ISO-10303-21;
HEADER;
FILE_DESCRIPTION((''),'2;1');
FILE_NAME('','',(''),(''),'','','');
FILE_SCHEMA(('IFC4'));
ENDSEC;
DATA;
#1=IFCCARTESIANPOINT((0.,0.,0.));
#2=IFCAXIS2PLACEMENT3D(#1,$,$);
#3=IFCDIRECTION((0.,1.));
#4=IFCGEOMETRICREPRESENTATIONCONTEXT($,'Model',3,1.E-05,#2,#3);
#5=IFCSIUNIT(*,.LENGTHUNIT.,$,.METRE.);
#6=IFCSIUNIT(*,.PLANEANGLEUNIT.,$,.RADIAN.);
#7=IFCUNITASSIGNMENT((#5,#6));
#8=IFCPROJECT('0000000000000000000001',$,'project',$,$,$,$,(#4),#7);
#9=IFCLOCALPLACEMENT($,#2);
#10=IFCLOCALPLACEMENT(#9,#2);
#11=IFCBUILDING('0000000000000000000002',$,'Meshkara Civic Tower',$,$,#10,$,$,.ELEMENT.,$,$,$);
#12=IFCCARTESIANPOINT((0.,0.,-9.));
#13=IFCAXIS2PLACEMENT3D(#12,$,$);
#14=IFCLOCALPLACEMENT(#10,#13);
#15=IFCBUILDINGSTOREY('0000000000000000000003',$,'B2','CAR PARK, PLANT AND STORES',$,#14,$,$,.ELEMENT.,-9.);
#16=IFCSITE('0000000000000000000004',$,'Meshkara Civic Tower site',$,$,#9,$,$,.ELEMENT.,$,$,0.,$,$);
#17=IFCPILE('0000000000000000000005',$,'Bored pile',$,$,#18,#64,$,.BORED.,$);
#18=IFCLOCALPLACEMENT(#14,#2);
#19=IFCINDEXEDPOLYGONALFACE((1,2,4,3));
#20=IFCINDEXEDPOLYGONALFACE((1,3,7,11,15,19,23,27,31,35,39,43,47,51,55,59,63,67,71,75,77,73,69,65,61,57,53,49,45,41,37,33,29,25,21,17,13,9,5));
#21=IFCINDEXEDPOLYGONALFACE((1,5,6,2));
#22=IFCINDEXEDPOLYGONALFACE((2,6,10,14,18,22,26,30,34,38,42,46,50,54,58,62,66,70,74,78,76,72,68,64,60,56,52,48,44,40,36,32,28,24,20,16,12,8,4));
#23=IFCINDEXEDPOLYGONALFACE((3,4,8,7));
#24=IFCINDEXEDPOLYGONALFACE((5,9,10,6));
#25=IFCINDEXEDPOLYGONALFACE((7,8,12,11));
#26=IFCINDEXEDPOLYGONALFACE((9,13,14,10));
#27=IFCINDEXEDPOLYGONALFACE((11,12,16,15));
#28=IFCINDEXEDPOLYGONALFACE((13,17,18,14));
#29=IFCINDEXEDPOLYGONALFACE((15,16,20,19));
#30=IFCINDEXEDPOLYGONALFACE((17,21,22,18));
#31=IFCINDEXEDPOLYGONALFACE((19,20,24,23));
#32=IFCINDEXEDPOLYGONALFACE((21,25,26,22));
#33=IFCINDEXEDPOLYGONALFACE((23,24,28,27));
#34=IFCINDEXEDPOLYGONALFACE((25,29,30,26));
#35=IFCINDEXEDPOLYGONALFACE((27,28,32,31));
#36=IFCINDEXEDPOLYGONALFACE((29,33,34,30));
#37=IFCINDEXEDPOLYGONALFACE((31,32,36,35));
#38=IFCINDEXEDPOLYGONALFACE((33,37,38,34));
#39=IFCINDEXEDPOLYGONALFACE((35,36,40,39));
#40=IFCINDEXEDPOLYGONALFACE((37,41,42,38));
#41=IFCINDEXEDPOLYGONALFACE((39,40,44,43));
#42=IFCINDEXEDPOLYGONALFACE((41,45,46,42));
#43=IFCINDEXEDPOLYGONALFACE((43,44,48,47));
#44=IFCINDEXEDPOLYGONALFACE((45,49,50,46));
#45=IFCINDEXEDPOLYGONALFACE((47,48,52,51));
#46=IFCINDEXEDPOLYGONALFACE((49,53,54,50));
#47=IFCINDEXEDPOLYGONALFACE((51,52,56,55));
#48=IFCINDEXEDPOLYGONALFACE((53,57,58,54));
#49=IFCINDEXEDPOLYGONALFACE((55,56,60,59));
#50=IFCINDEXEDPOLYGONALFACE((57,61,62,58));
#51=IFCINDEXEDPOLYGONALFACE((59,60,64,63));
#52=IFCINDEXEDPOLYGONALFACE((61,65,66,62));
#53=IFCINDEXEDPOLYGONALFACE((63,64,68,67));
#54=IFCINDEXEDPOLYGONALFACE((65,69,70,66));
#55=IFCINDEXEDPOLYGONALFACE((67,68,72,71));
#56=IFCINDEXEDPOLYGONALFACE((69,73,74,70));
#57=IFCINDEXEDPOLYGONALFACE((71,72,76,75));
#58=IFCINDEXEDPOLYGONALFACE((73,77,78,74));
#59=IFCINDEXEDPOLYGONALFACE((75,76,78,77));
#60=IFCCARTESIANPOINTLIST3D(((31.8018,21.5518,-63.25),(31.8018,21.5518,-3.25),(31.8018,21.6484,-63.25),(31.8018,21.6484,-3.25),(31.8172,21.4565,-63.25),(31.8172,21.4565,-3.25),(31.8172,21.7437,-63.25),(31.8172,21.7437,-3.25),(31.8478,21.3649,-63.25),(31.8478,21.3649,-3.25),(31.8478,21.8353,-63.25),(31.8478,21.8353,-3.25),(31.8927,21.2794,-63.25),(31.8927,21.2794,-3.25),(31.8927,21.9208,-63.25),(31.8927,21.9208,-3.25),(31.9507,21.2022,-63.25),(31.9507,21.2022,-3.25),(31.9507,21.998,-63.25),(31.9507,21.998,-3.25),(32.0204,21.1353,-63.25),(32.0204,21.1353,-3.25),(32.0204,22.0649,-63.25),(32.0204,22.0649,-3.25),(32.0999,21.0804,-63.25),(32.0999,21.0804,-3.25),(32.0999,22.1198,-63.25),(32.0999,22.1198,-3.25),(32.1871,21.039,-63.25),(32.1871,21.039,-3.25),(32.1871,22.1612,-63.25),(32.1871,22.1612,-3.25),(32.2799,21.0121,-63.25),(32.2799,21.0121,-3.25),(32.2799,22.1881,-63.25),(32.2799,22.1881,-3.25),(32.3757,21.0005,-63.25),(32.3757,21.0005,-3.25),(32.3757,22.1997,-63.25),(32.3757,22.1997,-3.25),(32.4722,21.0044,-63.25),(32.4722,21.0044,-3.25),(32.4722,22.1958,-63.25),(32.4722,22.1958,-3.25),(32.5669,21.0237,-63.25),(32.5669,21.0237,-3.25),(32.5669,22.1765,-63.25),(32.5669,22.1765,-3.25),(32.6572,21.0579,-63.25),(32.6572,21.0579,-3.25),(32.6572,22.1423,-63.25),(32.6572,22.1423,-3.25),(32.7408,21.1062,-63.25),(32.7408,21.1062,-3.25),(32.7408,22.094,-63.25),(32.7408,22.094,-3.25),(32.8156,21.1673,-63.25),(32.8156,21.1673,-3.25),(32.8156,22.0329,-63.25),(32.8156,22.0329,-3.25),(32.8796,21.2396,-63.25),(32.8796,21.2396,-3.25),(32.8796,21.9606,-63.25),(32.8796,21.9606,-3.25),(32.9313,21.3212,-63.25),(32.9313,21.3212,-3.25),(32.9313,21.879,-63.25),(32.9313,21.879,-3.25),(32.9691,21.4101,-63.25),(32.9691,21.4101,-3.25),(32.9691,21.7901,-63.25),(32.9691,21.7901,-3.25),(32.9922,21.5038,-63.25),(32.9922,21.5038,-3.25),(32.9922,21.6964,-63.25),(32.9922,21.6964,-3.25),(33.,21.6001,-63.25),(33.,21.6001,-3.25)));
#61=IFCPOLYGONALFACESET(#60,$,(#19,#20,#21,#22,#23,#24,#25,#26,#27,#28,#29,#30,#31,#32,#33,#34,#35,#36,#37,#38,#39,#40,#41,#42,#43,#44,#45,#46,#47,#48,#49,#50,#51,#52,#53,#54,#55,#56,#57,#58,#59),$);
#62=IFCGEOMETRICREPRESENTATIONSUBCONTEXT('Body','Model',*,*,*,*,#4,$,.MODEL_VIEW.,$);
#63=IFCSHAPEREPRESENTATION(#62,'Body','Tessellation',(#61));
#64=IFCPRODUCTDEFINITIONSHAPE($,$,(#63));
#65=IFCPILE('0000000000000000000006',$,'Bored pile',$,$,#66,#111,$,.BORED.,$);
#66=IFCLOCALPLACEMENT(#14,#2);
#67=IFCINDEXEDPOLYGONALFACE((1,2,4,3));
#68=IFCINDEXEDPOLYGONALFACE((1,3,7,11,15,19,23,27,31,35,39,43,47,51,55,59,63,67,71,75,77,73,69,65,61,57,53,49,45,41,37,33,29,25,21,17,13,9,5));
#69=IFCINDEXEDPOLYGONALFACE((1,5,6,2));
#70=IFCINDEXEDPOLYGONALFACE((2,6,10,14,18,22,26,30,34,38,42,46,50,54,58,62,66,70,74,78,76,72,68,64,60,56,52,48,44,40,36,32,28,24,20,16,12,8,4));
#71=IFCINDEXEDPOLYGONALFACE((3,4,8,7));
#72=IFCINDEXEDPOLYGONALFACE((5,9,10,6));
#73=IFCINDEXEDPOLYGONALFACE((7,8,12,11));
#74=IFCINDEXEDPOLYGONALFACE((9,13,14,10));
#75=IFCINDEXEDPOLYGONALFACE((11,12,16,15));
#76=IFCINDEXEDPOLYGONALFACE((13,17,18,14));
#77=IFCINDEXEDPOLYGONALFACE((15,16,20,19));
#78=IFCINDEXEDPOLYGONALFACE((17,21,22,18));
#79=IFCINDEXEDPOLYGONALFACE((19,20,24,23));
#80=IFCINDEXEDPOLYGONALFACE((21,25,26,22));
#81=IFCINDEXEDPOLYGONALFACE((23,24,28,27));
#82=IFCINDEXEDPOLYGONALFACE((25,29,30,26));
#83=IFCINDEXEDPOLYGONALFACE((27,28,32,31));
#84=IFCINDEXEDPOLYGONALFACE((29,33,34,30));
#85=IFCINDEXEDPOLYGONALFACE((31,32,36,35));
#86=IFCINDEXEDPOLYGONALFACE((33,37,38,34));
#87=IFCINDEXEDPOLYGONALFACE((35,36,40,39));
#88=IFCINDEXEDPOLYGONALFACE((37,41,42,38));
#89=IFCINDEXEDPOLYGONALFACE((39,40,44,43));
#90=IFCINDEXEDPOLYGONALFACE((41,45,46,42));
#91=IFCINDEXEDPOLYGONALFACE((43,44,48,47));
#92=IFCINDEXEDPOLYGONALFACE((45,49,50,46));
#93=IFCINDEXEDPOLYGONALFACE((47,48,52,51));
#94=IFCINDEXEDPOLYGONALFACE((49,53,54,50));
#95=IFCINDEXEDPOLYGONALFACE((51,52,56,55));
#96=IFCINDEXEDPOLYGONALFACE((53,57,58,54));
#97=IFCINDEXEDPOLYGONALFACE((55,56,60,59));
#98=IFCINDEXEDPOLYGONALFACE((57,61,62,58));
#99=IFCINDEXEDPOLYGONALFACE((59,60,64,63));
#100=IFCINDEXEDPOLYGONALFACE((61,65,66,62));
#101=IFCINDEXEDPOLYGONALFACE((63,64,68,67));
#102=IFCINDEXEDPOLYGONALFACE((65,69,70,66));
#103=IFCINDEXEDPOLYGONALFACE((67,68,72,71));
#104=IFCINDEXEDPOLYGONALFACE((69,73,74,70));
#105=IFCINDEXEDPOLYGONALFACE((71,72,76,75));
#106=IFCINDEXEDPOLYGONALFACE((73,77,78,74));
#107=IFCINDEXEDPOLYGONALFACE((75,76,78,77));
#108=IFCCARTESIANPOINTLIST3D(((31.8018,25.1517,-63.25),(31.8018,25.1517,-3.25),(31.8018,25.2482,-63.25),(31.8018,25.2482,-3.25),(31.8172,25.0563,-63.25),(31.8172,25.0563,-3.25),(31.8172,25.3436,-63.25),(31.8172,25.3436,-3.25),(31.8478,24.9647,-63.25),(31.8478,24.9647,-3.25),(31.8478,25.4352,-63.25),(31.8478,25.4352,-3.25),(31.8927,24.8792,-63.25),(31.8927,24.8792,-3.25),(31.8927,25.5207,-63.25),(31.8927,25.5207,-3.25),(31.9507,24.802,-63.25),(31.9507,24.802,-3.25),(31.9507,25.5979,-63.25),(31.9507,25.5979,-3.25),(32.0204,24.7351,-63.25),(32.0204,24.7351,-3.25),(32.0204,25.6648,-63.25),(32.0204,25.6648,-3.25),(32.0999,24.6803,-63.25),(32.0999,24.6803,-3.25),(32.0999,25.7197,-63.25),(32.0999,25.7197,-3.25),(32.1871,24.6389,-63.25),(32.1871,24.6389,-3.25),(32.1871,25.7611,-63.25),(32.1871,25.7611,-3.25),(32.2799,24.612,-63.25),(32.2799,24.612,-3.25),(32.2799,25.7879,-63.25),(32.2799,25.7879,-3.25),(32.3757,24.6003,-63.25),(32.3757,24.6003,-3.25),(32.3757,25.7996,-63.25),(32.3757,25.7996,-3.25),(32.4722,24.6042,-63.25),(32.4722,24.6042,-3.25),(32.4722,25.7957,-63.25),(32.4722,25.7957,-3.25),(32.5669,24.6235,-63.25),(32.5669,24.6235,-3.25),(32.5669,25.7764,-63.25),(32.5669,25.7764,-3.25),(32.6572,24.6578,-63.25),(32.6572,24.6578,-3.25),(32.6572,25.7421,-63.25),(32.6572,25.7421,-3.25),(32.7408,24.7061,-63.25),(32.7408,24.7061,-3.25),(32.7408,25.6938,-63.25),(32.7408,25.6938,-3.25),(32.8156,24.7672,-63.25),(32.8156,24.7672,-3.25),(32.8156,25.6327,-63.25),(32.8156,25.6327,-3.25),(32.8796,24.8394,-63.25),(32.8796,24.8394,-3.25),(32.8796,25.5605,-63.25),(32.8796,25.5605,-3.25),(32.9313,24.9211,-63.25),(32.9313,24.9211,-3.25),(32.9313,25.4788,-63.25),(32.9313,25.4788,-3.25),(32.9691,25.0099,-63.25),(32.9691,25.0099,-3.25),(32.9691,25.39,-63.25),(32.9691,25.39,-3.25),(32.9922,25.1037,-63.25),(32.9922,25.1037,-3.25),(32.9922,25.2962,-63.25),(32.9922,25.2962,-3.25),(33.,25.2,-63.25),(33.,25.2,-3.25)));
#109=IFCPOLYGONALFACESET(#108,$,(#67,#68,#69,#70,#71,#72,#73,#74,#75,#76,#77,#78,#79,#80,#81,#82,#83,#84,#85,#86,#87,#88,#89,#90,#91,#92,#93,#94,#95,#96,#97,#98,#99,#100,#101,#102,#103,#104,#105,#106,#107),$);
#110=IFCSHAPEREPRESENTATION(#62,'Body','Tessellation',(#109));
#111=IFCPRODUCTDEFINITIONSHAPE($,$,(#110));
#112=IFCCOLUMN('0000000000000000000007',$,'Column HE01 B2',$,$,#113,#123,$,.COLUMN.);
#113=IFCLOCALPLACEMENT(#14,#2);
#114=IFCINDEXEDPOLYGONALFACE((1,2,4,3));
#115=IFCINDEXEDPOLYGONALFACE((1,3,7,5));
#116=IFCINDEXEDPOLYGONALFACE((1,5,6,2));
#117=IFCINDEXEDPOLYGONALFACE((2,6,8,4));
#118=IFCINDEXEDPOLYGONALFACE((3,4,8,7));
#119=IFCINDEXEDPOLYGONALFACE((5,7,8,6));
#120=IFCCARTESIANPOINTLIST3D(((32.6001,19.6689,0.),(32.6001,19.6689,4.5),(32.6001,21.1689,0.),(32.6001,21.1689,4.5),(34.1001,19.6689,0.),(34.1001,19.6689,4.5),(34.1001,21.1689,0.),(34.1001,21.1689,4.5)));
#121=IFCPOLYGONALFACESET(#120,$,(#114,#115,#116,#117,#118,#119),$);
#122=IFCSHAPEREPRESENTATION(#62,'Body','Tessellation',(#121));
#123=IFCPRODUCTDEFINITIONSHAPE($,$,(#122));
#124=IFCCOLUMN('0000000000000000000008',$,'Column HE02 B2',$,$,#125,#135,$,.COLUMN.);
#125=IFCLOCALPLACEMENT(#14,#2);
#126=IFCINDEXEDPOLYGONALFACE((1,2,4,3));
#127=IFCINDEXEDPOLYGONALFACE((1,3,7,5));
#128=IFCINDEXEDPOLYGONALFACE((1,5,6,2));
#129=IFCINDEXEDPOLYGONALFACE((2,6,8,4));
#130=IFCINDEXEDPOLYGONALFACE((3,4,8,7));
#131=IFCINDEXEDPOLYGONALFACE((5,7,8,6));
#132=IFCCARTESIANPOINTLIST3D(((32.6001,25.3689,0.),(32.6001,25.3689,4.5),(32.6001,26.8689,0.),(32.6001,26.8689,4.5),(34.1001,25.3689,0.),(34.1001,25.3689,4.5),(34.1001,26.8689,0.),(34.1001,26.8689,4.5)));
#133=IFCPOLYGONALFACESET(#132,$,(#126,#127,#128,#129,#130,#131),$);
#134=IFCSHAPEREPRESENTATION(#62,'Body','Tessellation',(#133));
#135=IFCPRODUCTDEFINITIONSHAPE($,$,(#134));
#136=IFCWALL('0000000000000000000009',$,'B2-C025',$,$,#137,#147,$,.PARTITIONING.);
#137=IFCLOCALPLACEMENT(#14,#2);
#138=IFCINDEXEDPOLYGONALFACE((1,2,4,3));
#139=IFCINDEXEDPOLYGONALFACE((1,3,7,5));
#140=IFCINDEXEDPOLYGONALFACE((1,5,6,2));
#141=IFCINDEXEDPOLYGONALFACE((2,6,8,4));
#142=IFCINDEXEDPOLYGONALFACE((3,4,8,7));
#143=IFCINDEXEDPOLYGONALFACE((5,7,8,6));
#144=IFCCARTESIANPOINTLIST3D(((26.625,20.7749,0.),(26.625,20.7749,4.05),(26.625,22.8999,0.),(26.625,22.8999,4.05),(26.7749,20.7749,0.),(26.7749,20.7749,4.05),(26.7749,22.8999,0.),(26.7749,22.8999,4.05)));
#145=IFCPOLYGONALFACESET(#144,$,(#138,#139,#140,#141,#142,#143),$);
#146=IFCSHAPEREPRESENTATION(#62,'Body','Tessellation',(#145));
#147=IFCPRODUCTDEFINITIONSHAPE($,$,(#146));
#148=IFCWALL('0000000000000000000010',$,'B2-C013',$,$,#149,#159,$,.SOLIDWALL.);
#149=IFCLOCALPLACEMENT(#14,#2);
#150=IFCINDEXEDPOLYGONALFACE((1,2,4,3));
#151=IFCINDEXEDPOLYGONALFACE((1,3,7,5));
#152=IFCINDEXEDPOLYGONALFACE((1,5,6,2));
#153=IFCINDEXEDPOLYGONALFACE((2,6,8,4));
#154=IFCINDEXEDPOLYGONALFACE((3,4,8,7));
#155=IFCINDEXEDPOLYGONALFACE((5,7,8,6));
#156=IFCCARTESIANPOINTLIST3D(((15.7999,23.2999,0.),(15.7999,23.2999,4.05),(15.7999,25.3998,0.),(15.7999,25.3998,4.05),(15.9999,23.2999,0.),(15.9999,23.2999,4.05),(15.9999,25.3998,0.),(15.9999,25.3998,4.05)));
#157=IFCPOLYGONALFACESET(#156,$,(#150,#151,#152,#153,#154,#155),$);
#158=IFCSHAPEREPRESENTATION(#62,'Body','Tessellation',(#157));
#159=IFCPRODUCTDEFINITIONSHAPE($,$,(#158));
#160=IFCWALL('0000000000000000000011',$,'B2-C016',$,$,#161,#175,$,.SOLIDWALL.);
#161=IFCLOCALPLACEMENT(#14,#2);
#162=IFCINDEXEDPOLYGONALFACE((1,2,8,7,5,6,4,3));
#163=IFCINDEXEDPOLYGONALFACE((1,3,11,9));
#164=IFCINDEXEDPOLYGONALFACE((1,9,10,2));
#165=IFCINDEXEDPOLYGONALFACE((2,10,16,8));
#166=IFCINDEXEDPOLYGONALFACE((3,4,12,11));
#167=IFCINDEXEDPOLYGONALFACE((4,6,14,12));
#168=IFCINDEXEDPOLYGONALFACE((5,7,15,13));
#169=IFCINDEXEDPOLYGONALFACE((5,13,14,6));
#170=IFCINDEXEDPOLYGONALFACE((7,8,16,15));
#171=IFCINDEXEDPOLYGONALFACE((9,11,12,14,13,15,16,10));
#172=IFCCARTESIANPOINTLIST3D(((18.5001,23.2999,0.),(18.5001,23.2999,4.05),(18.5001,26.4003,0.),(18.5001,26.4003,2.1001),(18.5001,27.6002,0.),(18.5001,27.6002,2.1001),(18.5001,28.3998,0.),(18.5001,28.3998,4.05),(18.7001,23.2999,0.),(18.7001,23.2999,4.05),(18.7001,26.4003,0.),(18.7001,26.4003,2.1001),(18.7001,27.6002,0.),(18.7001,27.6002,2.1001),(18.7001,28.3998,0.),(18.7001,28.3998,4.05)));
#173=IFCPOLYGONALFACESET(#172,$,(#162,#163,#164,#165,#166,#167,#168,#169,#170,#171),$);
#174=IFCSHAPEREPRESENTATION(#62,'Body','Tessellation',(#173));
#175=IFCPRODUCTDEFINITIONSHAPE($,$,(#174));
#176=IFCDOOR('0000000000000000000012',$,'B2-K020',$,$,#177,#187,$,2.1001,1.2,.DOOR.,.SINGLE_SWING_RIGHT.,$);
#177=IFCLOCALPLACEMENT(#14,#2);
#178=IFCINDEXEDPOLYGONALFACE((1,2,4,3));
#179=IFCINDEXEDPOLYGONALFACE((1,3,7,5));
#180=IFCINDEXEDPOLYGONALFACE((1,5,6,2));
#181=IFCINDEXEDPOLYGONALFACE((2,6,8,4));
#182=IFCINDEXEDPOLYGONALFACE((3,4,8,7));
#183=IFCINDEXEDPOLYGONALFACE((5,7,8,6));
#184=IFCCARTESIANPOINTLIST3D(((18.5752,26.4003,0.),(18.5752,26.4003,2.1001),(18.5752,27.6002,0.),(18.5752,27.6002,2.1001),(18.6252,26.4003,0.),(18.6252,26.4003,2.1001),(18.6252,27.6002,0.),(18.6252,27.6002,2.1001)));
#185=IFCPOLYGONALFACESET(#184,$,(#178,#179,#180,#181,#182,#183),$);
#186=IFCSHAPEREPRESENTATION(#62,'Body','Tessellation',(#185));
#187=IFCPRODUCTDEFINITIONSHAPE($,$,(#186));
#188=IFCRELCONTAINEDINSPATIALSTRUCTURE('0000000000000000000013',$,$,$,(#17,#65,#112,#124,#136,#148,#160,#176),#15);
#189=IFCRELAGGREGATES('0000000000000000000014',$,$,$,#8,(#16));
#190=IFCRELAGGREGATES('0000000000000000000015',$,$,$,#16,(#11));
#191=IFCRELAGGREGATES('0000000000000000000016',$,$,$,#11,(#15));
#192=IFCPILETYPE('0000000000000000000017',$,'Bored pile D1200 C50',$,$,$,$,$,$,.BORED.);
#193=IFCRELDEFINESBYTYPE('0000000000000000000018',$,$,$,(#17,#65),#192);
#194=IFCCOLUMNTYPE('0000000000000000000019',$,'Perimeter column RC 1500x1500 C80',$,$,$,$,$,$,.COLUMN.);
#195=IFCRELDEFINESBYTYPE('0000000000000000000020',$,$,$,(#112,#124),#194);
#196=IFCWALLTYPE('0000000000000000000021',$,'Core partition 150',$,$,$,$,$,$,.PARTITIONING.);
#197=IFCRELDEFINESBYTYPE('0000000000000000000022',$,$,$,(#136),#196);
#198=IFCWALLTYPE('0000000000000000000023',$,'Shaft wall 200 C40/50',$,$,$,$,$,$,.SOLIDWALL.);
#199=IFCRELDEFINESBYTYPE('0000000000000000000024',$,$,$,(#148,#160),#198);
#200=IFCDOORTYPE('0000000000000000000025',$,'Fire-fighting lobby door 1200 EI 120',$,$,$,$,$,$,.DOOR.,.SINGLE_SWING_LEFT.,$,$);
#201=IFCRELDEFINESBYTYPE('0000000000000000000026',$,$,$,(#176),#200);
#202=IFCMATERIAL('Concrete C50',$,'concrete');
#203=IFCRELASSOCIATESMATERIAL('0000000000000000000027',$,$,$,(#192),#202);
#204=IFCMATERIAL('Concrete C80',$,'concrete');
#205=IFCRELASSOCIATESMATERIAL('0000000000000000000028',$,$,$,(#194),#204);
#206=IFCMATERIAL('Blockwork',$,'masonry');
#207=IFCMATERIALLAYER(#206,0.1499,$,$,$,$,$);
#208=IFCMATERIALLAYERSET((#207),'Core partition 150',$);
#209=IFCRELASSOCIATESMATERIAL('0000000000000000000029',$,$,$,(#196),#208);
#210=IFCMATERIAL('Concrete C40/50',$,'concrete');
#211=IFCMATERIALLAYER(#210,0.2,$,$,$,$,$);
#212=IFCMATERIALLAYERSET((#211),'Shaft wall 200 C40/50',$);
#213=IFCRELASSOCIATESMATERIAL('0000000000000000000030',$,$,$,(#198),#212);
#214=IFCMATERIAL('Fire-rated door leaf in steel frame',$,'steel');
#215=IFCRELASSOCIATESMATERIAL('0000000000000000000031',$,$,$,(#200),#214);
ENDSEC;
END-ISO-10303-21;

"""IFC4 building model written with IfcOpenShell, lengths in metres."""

from ifc_helpers import new_model, si_unit, direction, frame, frame_2d, origin, origin_2d, place, context, subcontext, project, spatial, rectangle, circle, extrude, material, layer, layer_set, material_profile, profile_set, type_object, element, fill, save


model = new_model("IFC4")

# Units and contexts
model_context = context("Model", 3, precision=1e-05, world=origin(), true_north=direction((0.0, 1.0)))
body_context = subcontext(model_context, "Body", "Model", "MODEL_VIEW")
ifc_project = project(units=[si_unit("LENGTHUNIT", "METRE"), si_unit("PLANEANGLEUNIT", "RADIAN")], contexts=[model_context])

# Site, building, storey
site_placement = place(None, origin())
site = spatial("IfcSite", under=ifc_project, at=site_placement, Name="Meshkara Civic Tower site", CompositionType="ELEMENT", RefElevation=0.0)
building_placement = place(site_placement, origin())
building = spatial("IfcBuilding", under=site, at=building_placement, Name="Meshkara Civic Tower", CompositionType="ELEMENT")
storey_placement = place(building_placement, frame((0.0, 0.0, -9.0)))
storey = spatial("IfcBuildingStorey", under=building, at=storey_placement, Name="B2", Description="CAR PARK, PLANT AND STORES", CompositionType="ELEMENT", Elevation=-9.0)

# Piles
ifc_material_1 = material(Name="Concrete C50", Category="concrete")
ifc_material_profile_1 = material_profile(ifc_material_1, circle(Radius=0.6001, at=origin_2d()))
ifc_profile_set_1 = profile_set([ifc_material_profile_1], Name="Concrete C50")
pile_type = type_object("IfcPileType", Name="Bored pile D1200 C50", PredefinedType="BORED", material=ifc_profile_set_1)
for number, where, z_axis, x_axis, name in (
    (1, (32.3999, 21.6001, -3.25), (0.0, 0.0, -1.0), (1.0, 0.0, 0.0), "Bored pile"),
    (2, (32.3999, 25.2, -3.25), (0.0, 0.0, -1.0), (1.0, 0.0, 0.0), "Bored pile"),
):
    element("IfcPile", number, at=place(storey_placement, frame(where, z_axis=z_axis, x_axis=x_axis)), inside=storey, type_object=pile_type, Name=name, PredefinedType="BORED", context=body_context, shape_type="SweptSolid", body=[
        extrude(circle(Radius=0.6001, at=origin_2d()), origin(), (0.0, 0.0, 1.0), 60.0),
    ])

# Columns
ifc_material_2 = material(Name="Concrete C80", Category="concrete")
ifc_material_profile_2 = material_profile(ifc_material_2, rectangle(XDim=1.5, YDim=1.5, at=origin_2d()))
ifc_profile_set_2 = profile_set([ifc_material_profile_2], Name="Concrete C80")
column_type = type_object("IfcColumnType", Name="Perimeter column RC 1500x1500 C80", PredefinedType="COLUMN", material=ifc_profile_set_2)
for number, where, z_axis, x_axis, name in (
    (3, (33.3501, 20.4189, 0.0), (0.0, 0.0, 1.0), (1.0, 0.0, 0.0), "Column HE01 B2"),
    (4, (33.3501, 26.1189, 0.0), (0.0, 0.0, 1.0), (1.0, 0.0, 0.0), "Column HE02 B2"),
):
    element("IfcColumn", number, at=place(storey_placement, frame(where, z_axis=z_axis, x_axis=x_axis)), inside=storey, type_object=column_type, Name=name, PredefinedType="COLUMN", context=body_context, shape_type="SweptSolid", body=[
        extrude(rectangle(XDim=1.5, YDim=1.5, at=origin_2d()), origin(), (0.0, 0.0, 1.0), 4.5),
    ])

# Walls
ifc_material_3 = material(Name="Blockwork", Category="masonry")
ifc_layer_1 = layer(ifc_material_3, 0.1499)
ifc_layer_set_1 = layer_set([ifc_layer_1], Name="Core partition 150")
wall_type_1 = type_object("IfcWallType", Name="Core partition 150", PredefinedType="PARTITIONING", material=ifc_layer_set_1)
wall_1_placement = place(storey_placement, frame((26.7, 20.7749, 0.0), z_axis=(0.0, 0.0, 1.0), x_axis=(0.0, 1.0, 0.0)))
element("IfcWall", 5, at=wall_1_placement, inside=storey, type_object=wall_type_1, Name="B2-C025", PredefinedType="PARTITIONING", context=body_context, shape_type="SweptSolid", body=[
    extrude(rectangle(XDim=2.125, YDim=0.1499, at=frame_2d((1.0625, 0.0))), origin(), (0.0, 0.0, 1.0), 4.05),
])
ifc_material_4 = material(Name="Concrete C40/50", Category="concrete")
ifc_layer_2 = layer(ifc_material_4, 0.2)
ifc_layer_set_2 = layer_set([ifc_layer_2], Name="Shaft wall 200 C40/50")
wall_type_2 = type_object("IfcWallType", Name="Shaft wall 200 C40/50", PredefinedType="SOLIDWALL", material=ifc_layer_set_2)
wall_2_placement = place(storey_placement, frame((15.8999, 23.3, 0.0), z_axis=(0.0, 0.0, 1.0), x_axis=(0.0, 1.0, 0.0)))
element("IfcWall", 6, at=wall_2_placement, inside=storey, type_object=wall_type_2, Name="B2-C013", PredefinedType="SOLIDWALL", context=body_context, shape_type="SweptSolid", body=[
    extrude(rectangle(XDim=2.0999, YDim=0.2, at=frame_2d((1.0498, 0.0))), origin(), (0.0, 0.0, 1.0), 4.05),
])

# Wall, opening, door
wall_3_placement = place(storey_placement, frame((18.6001, 23.3, 0.0), z_axis=(0.0, 0.0, 1.0), x_axis=(0.0, 1.0, 0.0)))
wall_3 = element("IfcWall", 7, at=wall_3_placement, inside=storey, type_object=wall_type_2, Name="B2-C016", PredefinedType="SOLIDWALL", context=body_context, shape_type="SweptSolid", body=[
    extrude(rectangle(XDim=5.0999, YDim=0.2, at=frame_2d((2.5498, 0.0))), origin(), (0.0, 0.0, 1.0), 4.05),
])
opening_placement = place(wall_3_placement, frame((3.1001, 0.0, 0.0)))
opening = element("IfcOpeningElement", 8, at=opening_placement, cuts=wall_3, PredefinedType="OPENING", context=body_context, shape_type="SweptSolid", body=[
    extrude(rectangle(XDim=1.2, YDim=2.1001, at=frame_2d((0.6001, 1.05))), frame((0.0, 0.1099, 0.0), z_axis=(0.0, -1.0, 0.0), x_axis=(1.0, 0.0, 0.0)), (0.0, 0.0, 1.0), 0.22),
])
ifc_material_5 = material(Name="Fire-rated door leaf in steel frame", Category="steel")
door_type = type_object("IfcDoorType", Name="Fire-fighting lobby door 1200 EI 120", OperationType="SINGLE_SWING_LEFT", PredefinedType="DOOR", material=ifc_material_5)
door_placement = place(opening_placement, origin())
door = element("IfcDoor", 9, at=door_placement, inside=storey, type_object=door_type, Name="B2-K020", OperationType="SINGLE_SWING_RIGHT", OverallHeight=2.1001, OverallWidth=1.2, PredefinedType="DOOR", context=body_context, shape_type="SweptSolid", body=[
    extrude(rectangle(XDim=1.2, YDim=2.1001, at=frame_2d((0.6001, 1.05))), frame((0.0, 0.0249, 0.0), z_axis=(0.0, -1.0, 0.0), x_axis=(1.0, 0.0, 0.0)), (0.0, 0.0, 1.0), 0.05),
])
fill(opening, door)

save(model, "model.ifc")
